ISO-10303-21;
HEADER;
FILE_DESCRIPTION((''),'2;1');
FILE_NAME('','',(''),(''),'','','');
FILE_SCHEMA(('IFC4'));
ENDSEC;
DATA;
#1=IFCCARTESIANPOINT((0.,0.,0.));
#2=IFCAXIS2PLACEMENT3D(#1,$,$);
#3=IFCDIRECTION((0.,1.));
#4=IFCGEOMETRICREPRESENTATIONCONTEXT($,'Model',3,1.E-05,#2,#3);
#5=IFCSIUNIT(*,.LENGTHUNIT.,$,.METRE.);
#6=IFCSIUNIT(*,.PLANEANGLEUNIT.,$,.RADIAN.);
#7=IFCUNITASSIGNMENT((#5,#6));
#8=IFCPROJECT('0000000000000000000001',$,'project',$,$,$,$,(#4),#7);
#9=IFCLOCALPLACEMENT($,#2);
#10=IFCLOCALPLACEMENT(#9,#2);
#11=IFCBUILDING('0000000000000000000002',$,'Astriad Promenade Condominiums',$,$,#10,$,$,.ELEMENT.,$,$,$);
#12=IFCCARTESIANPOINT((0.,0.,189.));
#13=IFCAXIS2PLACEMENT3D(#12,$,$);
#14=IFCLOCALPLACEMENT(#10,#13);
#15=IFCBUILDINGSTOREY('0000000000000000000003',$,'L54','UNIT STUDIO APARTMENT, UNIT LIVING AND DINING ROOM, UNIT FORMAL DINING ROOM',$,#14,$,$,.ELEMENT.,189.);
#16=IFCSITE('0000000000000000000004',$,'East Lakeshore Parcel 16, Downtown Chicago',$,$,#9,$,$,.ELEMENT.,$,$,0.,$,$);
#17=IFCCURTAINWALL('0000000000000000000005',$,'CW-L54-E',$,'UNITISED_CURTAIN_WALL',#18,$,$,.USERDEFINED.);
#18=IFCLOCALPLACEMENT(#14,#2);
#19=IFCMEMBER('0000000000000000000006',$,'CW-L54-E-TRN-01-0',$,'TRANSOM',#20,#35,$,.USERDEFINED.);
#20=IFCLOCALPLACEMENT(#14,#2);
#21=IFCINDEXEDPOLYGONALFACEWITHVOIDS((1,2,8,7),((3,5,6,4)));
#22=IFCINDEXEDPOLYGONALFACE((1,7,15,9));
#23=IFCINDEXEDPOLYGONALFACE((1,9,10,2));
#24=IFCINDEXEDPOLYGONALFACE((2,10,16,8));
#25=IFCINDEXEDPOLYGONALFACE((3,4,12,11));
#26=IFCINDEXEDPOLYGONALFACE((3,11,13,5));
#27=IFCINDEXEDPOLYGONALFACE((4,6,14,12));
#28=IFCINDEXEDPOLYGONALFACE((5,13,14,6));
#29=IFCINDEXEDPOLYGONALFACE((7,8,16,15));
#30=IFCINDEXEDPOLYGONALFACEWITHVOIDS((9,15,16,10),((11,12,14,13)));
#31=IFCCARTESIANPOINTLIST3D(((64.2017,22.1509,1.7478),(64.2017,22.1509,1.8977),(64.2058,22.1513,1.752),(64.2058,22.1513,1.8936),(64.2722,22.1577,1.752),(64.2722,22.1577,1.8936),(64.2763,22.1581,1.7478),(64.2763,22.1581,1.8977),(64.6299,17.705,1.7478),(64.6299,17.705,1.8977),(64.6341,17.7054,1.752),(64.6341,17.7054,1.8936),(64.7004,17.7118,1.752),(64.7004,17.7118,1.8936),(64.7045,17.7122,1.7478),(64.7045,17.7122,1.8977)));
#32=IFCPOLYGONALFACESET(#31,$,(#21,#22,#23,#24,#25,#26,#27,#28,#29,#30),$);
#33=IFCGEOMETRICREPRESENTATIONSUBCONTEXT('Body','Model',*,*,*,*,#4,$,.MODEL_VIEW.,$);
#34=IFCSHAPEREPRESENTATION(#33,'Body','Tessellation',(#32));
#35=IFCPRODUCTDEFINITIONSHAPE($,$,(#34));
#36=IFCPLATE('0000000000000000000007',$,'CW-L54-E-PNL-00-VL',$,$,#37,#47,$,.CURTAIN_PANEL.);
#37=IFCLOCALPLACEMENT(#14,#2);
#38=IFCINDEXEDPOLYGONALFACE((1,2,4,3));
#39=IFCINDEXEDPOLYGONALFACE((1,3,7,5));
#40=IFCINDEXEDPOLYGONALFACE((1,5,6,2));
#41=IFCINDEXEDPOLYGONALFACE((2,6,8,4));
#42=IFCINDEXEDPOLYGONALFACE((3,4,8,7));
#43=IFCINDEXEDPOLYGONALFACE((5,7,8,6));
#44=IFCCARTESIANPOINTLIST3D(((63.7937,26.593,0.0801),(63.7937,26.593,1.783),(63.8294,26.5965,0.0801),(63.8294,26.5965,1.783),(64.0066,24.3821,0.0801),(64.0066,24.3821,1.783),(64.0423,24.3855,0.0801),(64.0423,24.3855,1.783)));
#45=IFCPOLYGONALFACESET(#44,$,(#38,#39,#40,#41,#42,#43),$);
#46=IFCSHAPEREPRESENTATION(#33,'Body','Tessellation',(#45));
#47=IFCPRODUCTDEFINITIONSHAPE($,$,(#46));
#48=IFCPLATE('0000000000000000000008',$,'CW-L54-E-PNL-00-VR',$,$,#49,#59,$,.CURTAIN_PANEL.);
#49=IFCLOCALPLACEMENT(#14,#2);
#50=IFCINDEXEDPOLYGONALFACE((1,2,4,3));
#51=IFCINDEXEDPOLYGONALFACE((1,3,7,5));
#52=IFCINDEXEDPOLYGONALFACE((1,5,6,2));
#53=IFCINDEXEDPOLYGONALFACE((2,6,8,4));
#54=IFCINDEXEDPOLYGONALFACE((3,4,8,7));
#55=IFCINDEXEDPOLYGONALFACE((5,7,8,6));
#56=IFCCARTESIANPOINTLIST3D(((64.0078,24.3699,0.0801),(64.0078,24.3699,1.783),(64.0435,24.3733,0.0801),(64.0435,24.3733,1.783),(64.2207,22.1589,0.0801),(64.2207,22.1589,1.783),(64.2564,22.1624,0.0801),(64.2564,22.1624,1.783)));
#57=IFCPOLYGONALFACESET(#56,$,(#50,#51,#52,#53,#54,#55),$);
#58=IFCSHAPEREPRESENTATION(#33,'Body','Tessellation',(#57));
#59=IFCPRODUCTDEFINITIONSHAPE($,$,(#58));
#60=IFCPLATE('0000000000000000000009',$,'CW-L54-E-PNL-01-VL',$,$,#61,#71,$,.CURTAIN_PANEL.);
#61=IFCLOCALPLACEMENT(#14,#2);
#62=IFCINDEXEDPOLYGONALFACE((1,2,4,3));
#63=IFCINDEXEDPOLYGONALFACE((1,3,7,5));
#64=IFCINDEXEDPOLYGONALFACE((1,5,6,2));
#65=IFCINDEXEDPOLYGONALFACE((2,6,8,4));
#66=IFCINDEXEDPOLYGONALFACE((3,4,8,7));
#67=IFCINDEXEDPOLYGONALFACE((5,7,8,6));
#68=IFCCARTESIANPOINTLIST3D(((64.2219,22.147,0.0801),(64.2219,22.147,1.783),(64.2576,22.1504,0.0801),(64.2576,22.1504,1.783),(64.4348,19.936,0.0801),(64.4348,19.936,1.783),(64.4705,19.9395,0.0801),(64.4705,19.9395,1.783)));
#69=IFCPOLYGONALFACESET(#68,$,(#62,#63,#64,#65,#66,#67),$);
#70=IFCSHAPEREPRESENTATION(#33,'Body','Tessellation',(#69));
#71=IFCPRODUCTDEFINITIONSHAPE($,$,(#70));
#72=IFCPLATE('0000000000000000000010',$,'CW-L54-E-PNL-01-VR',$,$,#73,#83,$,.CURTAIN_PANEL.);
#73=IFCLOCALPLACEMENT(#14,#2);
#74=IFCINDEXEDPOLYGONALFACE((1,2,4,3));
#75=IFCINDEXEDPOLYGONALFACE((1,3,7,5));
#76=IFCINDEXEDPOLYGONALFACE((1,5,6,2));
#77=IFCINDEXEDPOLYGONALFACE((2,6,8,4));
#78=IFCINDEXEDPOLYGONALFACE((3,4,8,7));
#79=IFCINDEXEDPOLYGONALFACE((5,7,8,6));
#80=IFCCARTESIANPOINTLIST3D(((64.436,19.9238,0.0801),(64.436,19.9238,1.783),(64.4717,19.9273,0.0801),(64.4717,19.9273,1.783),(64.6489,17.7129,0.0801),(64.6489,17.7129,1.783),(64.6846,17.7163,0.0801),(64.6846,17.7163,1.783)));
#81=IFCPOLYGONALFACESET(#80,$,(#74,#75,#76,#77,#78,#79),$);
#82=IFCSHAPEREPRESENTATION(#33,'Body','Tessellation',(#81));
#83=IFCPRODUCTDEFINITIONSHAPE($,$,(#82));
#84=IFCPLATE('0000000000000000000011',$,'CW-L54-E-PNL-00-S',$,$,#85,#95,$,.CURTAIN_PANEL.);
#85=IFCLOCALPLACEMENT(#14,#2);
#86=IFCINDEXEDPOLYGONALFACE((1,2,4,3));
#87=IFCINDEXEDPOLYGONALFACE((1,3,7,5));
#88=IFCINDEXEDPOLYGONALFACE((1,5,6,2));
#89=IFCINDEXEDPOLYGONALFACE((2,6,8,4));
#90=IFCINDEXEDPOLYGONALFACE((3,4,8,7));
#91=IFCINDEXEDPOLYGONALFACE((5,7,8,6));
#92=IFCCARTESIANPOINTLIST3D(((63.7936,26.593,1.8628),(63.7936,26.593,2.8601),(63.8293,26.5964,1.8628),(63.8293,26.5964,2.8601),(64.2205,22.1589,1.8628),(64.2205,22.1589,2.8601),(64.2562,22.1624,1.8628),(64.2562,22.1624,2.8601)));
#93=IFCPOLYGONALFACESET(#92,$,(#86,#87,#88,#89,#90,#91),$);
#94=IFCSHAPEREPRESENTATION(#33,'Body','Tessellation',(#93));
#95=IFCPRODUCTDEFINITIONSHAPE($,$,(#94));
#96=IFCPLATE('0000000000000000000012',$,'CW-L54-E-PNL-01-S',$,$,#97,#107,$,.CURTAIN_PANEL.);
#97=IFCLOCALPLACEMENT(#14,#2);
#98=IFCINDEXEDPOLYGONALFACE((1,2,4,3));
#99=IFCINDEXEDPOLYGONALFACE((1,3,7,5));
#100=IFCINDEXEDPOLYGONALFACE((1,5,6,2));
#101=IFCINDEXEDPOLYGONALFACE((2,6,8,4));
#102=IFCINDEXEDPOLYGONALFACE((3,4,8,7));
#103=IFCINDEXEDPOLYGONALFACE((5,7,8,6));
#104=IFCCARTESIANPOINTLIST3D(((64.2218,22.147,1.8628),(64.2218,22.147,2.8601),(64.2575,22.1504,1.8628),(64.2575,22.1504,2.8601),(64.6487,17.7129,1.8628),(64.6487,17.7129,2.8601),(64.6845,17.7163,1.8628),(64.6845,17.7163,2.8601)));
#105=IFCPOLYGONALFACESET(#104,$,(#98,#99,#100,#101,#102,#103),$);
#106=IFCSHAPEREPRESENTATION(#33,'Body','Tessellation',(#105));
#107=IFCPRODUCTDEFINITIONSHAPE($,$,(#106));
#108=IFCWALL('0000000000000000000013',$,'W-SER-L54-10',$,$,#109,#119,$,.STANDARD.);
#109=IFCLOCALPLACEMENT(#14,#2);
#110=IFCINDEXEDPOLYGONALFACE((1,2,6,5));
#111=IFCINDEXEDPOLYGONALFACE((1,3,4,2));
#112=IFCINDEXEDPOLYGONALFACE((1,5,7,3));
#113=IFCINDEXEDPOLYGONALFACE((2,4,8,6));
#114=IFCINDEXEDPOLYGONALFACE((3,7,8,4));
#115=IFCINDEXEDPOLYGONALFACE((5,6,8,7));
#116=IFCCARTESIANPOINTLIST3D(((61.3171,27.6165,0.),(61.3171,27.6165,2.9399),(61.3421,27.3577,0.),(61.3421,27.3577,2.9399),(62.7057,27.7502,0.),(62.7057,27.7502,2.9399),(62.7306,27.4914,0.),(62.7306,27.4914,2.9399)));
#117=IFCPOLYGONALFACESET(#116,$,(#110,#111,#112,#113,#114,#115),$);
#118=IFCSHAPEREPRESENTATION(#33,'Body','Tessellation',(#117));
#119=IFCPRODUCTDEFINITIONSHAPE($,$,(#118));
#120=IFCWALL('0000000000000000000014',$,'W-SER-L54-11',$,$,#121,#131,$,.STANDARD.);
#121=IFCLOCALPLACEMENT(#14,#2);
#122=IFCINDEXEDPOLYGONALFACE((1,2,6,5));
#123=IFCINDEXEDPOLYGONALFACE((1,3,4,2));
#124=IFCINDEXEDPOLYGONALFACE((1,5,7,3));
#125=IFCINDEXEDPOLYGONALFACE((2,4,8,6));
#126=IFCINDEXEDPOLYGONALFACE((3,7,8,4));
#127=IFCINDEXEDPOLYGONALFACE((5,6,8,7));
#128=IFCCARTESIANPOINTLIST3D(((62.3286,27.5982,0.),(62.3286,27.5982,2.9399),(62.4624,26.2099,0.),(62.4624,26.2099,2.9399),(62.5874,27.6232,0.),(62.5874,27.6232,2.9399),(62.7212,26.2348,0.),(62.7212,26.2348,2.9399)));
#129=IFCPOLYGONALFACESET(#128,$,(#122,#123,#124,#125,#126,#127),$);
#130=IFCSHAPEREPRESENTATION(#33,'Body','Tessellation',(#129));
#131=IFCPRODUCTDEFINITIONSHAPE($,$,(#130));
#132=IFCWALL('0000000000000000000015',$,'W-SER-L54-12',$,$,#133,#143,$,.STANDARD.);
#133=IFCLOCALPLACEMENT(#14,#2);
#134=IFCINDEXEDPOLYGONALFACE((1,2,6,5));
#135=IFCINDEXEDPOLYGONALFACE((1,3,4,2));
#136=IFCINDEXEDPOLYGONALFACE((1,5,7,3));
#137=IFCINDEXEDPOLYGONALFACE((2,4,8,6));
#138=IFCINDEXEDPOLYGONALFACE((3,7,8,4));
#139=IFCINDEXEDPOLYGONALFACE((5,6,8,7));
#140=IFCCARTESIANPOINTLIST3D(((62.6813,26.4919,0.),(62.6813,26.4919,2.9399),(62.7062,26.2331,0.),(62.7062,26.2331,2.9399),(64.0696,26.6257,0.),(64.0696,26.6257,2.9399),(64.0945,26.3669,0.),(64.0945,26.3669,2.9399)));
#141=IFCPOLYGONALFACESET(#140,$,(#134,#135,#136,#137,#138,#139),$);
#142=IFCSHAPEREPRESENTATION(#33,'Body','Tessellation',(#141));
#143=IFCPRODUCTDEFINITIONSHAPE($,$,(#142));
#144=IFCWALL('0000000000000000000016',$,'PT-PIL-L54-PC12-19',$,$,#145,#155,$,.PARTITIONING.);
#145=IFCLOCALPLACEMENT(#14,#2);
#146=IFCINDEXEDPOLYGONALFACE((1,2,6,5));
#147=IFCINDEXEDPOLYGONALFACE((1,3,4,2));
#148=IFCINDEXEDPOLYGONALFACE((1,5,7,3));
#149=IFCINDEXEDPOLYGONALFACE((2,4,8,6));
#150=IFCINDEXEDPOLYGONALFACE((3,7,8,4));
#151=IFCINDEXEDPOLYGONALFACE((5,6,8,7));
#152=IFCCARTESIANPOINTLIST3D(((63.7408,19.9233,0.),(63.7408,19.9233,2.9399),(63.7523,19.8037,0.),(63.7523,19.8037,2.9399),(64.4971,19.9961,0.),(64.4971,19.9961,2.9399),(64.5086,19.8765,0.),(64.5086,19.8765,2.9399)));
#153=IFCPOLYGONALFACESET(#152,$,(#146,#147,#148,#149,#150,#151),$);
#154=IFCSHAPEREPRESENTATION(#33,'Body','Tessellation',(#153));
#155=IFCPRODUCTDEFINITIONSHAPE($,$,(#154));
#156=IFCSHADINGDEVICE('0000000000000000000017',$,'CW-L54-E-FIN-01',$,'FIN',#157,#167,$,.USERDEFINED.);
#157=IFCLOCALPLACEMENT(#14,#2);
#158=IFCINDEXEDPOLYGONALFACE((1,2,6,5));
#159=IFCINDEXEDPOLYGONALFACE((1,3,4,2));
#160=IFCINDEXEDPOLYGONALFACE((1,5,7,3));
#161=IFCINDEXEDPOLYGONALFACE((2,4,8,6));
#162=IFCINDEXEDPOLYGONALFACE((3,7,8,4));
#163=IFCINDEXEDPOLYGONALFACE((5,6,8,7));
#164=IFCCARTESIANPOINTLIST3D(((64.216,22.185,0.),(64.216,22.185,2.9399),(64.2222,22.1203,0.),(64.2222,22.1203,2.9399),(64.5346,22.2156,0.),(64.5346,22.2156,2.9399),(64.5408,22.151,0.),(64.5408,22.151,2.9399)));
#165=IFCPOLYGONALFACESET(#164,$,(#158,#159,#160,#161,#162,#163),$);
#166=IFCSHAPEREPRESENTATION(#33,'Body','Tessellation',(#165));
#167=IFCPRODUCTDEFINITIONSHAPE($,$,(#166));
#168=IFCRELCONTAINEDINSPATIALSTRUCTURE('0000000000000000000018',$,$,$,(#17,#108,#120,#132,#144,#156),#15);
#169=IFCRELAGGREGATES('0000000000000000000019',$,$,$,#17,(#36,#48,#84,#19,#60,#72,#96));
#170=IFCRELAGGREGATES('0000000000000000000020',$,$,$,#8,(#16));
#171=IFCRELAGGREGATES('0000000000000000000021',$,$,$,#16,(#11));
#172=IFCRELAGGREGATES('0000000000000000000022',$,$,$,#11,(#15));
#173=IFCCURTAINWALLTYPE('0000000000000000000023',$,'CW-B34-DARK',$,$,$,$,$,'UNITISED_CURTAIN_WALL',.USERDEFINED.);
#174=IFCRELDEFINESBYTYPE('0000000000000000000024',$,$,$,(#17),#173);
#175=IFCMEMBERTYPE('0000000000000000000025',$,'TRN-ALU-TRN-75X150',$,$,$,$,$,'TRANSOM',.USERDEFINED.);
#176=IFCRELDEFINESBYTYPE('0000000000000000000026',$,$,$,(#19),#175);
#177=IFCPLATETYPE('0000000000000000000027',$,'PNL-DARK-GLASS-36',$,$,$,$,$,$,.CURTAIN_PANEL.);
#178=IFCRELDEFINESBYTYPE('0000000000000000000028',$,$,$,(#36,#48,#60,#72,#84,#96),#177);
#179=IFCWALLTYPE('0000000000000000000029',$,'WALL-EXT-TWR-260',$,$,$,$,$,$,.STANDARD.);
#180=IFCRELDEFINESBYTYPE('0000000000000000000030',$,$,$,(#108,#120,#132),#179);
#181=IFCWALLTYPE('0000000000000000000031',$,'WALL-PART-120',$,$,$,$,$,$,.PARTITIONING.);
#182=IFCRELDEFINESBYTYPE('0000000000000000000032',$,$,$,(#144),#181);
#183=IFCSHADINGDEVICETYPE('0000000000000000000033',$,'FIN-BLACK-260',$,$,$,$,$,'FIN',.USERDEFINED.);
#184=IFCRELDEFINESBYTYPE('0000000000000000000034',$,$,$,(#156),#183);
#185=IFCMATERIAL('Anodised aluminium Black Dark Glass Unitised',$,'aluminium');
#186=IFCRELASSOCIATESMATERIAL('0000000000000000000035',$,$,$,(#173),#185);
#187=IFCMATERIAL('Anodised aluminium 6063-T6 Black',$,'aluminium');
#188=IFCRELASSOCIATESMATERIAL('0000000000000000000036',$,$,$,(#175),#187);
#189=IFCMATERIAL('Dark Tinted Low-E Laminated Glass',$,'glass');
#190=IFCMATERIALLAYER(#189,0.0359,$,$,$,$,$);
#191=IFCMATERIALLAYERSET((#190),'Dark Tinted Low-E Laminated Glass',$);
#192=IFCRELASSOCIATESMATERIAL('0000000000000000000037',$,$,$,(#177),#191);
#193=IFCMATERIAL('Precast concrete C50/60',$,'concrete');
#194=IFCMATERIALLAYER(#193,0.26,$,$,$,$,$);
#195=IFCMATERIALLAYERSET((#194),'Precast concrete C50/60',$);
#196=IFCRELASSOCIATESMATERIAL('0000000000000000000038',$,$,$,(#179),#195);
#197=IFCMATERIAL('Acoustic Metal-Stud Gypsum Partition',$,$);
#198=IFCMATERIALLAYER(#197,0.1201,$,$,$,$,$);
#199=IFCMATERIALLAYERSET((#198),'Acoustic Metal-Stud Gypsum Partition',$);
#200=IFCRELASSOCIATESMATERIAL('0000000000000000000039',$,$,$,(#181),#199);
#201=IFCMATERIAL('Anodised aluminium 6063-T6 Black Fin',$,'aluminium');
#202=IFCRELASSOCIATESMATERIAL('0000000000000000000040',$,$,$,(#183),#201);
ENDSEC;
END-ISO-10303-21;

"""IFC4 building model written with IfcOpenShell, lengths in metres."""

from ifc_helpers import new_model, si_unit, direction, frame, frame_2d, origin, origin_2d, place, context, subcontext, project, spatial, rectangle, hollow_rectangle, extrude, source, transform, mapped, material, layer, layer_set, material_profile, profile_set, type_object, type_shapes, element, aggregate, save


model = new_model("IFC4")

# Units and contexts
model_context = context("Model", 3, precision=1e-05, world=origin(), true_north=direction((0.0, 1.0)))
body_context = subcontext(model_context, "Body", "Model", "MODEL_VIEW")
ifc_project = project(units=[si_unit("LENGTHUNIT", "METRE"), si_unit("PLANEANGLEUNIT", "RADIAN")], contexts=[model_context])

# Site, building, storey
site_placement = place(None, origin())
site = spatial("IfcSite", under=ifc_project, at=site_placement, Name="East Lakeshore Parcel 16, Downtown Chicago", CompositionType="ELEMENT", RefElevation=0.0)
building_placement = place(site_placement, origin())
building = spatial("IfcBuilding", under=site, at=building_placement, Name="Astriad Promenade Condominiums", CompositionType="ELEMENT")
storey_placement = place(building_placement, frame((0.0, 0.0, 189.0)))
storey = spatial("IfcBuildingStorey", under=building, at=storey_placement, Name="L54", Description="UNIT STUDIO APARTMENT, UNIT LIVING AND DINING ROOM, UNIT FORMAL DINING ROOM", CompositionType="ELEMENT", Elevation=189.0)

# Curtain wall, member, plates
ifc_material_1 = material(Name="Anodised aluminium Black Dark Glass Unitised", Category="aluminium")
curtain_wall_type = type_object("IfcCurtainWallType", Name="CW-B34-DARK", ElementType="UNITISED_CURTAIN_WALL", PredefinedType="USERDEFINED", material=ifc_material_1)
curtain_wall_placement = place(storey_placement, origin())
curtain_wall = element("IfcCurtainWall", 1, at=curtain_wall_placement, inside=storey, type_object=curtain_wall_type, Name="CW-L54-E", ObjectType="UNITISED_CURTAIN_WALL", PredefinedType="USERDEFINED")
ifc_material_2 = material(Name="Anodised aluminium 6063-T6 Black", Category="aluminium")
ifc_material_profile_1 = material_profile(ifc_material_2, hollow_rectangle(XDim=0.075, YDim=0.1499, WallThickness=0.0042, at=origin_2d()), Name="ALU-TRN-75X150")
ifc_profile_set_1 = profile_set([ifc_material_profile_1], Name="Anodised aluminium 6063-T6 Black")
member_type_1 = type_object("IfcMemberType", Name="TRN-ALU-TRN-75X150", ElementType="TRANSOM", PredefinedType="USERDEFINED", material=ifc_profile_set_1)
shared_shape_1 = source(origin(), body_context, "Body", "SweptSolid", [
    extrude(hollow_rectangle(XDim=0.075, YDim=0.1499, WallThickness=0.0042, at=origin_2d()), origin(), (0.0, 0.0, 1.0), 4.4666),
])
type_shapes(member_type_1, [shared_shape_1])
member_1_placement = place(storey_placement, frame((64.239, 22.1545, 1.8228), z_axis=(0.095872, -0.995394, 0.0), x_axis=(0.995394, 0.095872, 0.0)))
member_1 = element("IfcMember", 2, at=member_1_placement, type_object=member_type_1, Name="CW-L54-E-TRN-01-0", ObjectType="TRANSOM", PredefinedType="USERDEFINED", context=body_context, shape_type="MappedRepresentation", body=[
    mapped(shared_shape_1, transform((0.0, 0.0, 0.0), scale=1.0)),
])
ifc_material_3 = material(Name="Dark Tinted Low-E Laminated Glass", Category="glass")
ifc_layer_1 = layer(ifc_material_3, 0.0359)
ifc_layer_set_1 = layer_set([ifc_layer_1], Name="Dark Tinted Low-E Laminated Glass")
plate_type = type_object("IfcPlateType", Name="PNL-DARK-GLASS-36", PredefinedType="CURTAIN_PANEL", material=ifc_layer_set_1)
shared_shape_2 = source(origin(), body_context, "Body", "SweptSolid", [
    extrude(rectangle(XDim=2.2212, YDim=0.0359, at=origin_2d()), origin(), (0.0, 0.0, 1.0), 1.7029),
])
plate_1_placement = place(storey_placement, frame((63.918, 25.4893, 0.0801), z_axis=(0.0, 0.0, 1.0), x_axis=(0.095846, -0.995396, 0.0)))
plate_1 = element("IfcPlate", 3, at=plate_1_placement, type_object=plate_type, Name="CW-L54-E-PNL-00-VL", PredefinedType="CURTAIN_PANEL", context=body_context, shape_type="MappedRepresentation", body=[
    mapped(shared_shape_2, transform((0.0, 0.0, 0.0), scale=1.0)),
])
plate_2_placement = place(storey_placement, frame((64.1321, 23.2661, 0.0801), z_axis=(0.0, 0.0, 1.0), x_axis=(0.095846, -0.995396, 0.0)))
plate_2 = element("IfcPlate", 4, at=plate_2_placement, type_object=plate_type, Name="CW-L54-E-PNL-00-VR", PredefinedType="CURTAIN_PANEL", context=body_context, shape_type="MappedRepresentation", body=[
    mapped(shared_shape_2, transform((0.0, 0.0, 0.0), scale=1.0)),
])
plate_3_placement = place(storey_placement, frame((64.3462, 21.0432, 0.0801), z_axis=(0.0, 0.0, 1.0), x_axis=(0.095846, -0.995396, 0.0)))
plate_3 = element("IfcPlate", 5, at=plate_3_placement, type_object=plate_type, Name="CW-L54-E-PNL-01-VL", PredefinedType="CURTAIN_PANEL", context=body_context, shape_type="MappedRepresentation", body=[
    mapped(shared_shape_2, transform((0.0, 0.0, 0.0), scale=1.0)),
])
plate_4_placement = place(storey_placement, frame((64.5603, 18.8201, 0.0801), z_axis=(0.0, 0.0, 1.0), x_axis=(0.095846, -0.995396, 0.0)))
plate_4 = element("IfcPlate", 6, at=plate_4_placement, type_object=plate_type, Name="CW-L54-E-PNL-01-VR", PredefinedType="CURTAIN_PANEL", context=body_context, shape_type="MappedRepresentation", body=[
    mapped(shared_shape_2, transform((0.0, 0.0, 0.0), scale=1.0)),
])
shared_shape_3 = source(origin(), body_context, "Body", "SweptSolid", [
    extrude(rectangle(XDim=4.4546, YDim=0.0359, at=origin_2d()), origin(), (0.0, 0.0, 1.0), 0.9973),
])
type_shapes(plate_type, [shared_shape_2, shared_shape_3])
plate_5_placement = place(storey_placement, frame((64.0249, 24.3777, 1.8628), z_axis=(0.0, 0.0, 1.0), x_axis=(0.095846, -0.995396, 0.0)))
plate_5 = element("IfcPlate", 7, at=plate_5_placement, type_object=plate_type, Name="CW-L54-E-PNL-00-S", PredefinedType="CURTAIN_PANEL", context=body_context, shape_type="MappedRepresentation", body=[
    mapped(shared_shape_3, transform((0.0, 0.0, 0.0), scale=1.0)),
])
plate_6_placement = place(storey_placement, frame((64.4531, 19.9316, 1.8628), z_axis=(0.0, 0.0, 1.0), x_axis=(0.095846, -0.995396, 0.0)))
plate_6 = element("IfcPlate", 8, at=plate_6_placement, type_object=plate_type, Name="CW-L54-E-PNL-01-S", PredefinedType="CURTAIN_PANEL", context=body_context, shape_type="MappedRepresentation", body=[
    mapped(shared_shape_3, transform((0.0, 0.0, 0.0), scale=1.0)),
])
aggregate(curtain_wall, [plate_1, plate_2, plate_5, member_1, plate_3, plate_4, plate_6])

# Walls
ifc_material_4 = material(Name="Precast concrete C50/60", Category="concrete")
ifc_layer_2 = layer(ifc_material_4, 0.26)
ifc_layer_set_2 = layer_set([ifc_layer_2], Name="Precast concrete C50/60")
wall_type_1 = type_object("IfcWallType", Name="WALL-EXT-TWR-260", PredefinedType="STANDARD", material=ifc_layer_set_2)
wall_1_placement = place(storey_placement, frame((61.3296, 27.4871, 0.0), z_axis=(0.0, 0.0, 1.0), x_axis=(0.995391, 0.095899, 0.0)))
element("IfcWall", 9, at=wall_1_placement, inside=storey, type_object=wall_type_1, Name="W-SER-L54-10", PredefinedType="STANDARD", context=body_context, shape_type="SweptSolid", body=[
    extrude(rectangle(XDim=1.395, YDim=0.26, at=frame_2d((0.6975, 0.0))), origin(), (0.0, 0.0, 1.0), 2.9399),
])
for number, where, z_axis, x_axis, name in (
    (10, (62.458, 27.6106, 0.0), (0.0, 0.0, 1.0), (0.095916, -0.995389, 0.0), "W-SER-L54-11"),
    (11, (62.6938, 26.3625, 0.0), (0.0, 0.0, 1.0), (0.995389, 0.095916, 0.0), "W-SER-L54-12"),
):
    element("IfcWall", number, at=place(storey_placement, frame(where, z_axis=z_axis, x_axis=x_axis)), inside=storey, type_object=wall_type_1, Name=name, PredefinedType="STANDARD", context=body_context, shape_type="SweptSolid", body=[
        extrude(rectangle(XDim=1.3948, YDim=0.26, at=frame_2d((0.6973, 0.0))), origin(), (0.0, 0.0, 1.0), 2.9399),
    ])
ifc_material_5 = material(Name="Acoustic Metal-Stud Gypsum Partition")
ifc_layer_3 = layer(ifc_material_5, 0.1201)
ifc_layer_set_3 = layer_set([ifc_layer_3], Name="Acoustic Metal-Stud Gypsum Partition")
wall_type_2 = type_object("IfcWallType", Name="WALL-PART-120", PredefinedType="PARTITIONING", material=ifc_layer_set_3)
wall_2_placement = place(storey_placement, frame((63.7466, 19.8635, 0.0), z_axis=(0.0, 0.0, 1.0), x_axis=(0.995405, 0.095749, 0.0)))
element("IfcWall", 12, at=wall_2_placement, inside=storey, type_object=wall_type_2, Name="PT-PIL-L54-PC12-19", PredefinedType="PARTITIONING", context=body_context, shape_type="SweptSolid", body=[
    extrude(rectangle(XDim=0.7598, YDim=0.1201, at=frame_2d((0.3799, 0.0))), origin(), (0.0, 0.0, 1.0), 2.9399),
])

# Shading device
ifc_material_6 = material(Name="Anodised aluminium 6063-T6 Black Fin", Category="aluminium")
shading_device_type = type_object("IfcShadingDeviceType", Name="FIN-BLACK-260", ElementType="FIN", PredefinedType="USERDEFINED", material=ifc_material_6)
shared_shape_4 = source(origin(), body_context, "Body", "SweptSolid", [
    extrude(rectangle(XDim=0.0649, YDim=0.3201, at=origin_2d()), origin(), (0.0, 0.0, 1.0), 2.9399),
])
type_shapes(shading_device_type, [shared_shape_4])
shading_device_placement = place(storey_placement, frame((64.3784, 22.168, 0.0), z_axis=(0.0, 0.0, 1.0), x_axis=(0.095846, -0.995396, 0.0)))
element("IfcShadingDevice", 13, at=shading_device_placement, inside=storey, type_object=shading_device_type, Name="CW-L54-E-FIN-01", ObjectType="FIN", PredefinedType="USERDEFINED", context=body_context, shape_type="MappedRepresentation", body=[
    mapped(shared_shape_4, transform((0.0, 0.0, 0.0), scale=1.0)),
])

save(model, "model.ifc")
